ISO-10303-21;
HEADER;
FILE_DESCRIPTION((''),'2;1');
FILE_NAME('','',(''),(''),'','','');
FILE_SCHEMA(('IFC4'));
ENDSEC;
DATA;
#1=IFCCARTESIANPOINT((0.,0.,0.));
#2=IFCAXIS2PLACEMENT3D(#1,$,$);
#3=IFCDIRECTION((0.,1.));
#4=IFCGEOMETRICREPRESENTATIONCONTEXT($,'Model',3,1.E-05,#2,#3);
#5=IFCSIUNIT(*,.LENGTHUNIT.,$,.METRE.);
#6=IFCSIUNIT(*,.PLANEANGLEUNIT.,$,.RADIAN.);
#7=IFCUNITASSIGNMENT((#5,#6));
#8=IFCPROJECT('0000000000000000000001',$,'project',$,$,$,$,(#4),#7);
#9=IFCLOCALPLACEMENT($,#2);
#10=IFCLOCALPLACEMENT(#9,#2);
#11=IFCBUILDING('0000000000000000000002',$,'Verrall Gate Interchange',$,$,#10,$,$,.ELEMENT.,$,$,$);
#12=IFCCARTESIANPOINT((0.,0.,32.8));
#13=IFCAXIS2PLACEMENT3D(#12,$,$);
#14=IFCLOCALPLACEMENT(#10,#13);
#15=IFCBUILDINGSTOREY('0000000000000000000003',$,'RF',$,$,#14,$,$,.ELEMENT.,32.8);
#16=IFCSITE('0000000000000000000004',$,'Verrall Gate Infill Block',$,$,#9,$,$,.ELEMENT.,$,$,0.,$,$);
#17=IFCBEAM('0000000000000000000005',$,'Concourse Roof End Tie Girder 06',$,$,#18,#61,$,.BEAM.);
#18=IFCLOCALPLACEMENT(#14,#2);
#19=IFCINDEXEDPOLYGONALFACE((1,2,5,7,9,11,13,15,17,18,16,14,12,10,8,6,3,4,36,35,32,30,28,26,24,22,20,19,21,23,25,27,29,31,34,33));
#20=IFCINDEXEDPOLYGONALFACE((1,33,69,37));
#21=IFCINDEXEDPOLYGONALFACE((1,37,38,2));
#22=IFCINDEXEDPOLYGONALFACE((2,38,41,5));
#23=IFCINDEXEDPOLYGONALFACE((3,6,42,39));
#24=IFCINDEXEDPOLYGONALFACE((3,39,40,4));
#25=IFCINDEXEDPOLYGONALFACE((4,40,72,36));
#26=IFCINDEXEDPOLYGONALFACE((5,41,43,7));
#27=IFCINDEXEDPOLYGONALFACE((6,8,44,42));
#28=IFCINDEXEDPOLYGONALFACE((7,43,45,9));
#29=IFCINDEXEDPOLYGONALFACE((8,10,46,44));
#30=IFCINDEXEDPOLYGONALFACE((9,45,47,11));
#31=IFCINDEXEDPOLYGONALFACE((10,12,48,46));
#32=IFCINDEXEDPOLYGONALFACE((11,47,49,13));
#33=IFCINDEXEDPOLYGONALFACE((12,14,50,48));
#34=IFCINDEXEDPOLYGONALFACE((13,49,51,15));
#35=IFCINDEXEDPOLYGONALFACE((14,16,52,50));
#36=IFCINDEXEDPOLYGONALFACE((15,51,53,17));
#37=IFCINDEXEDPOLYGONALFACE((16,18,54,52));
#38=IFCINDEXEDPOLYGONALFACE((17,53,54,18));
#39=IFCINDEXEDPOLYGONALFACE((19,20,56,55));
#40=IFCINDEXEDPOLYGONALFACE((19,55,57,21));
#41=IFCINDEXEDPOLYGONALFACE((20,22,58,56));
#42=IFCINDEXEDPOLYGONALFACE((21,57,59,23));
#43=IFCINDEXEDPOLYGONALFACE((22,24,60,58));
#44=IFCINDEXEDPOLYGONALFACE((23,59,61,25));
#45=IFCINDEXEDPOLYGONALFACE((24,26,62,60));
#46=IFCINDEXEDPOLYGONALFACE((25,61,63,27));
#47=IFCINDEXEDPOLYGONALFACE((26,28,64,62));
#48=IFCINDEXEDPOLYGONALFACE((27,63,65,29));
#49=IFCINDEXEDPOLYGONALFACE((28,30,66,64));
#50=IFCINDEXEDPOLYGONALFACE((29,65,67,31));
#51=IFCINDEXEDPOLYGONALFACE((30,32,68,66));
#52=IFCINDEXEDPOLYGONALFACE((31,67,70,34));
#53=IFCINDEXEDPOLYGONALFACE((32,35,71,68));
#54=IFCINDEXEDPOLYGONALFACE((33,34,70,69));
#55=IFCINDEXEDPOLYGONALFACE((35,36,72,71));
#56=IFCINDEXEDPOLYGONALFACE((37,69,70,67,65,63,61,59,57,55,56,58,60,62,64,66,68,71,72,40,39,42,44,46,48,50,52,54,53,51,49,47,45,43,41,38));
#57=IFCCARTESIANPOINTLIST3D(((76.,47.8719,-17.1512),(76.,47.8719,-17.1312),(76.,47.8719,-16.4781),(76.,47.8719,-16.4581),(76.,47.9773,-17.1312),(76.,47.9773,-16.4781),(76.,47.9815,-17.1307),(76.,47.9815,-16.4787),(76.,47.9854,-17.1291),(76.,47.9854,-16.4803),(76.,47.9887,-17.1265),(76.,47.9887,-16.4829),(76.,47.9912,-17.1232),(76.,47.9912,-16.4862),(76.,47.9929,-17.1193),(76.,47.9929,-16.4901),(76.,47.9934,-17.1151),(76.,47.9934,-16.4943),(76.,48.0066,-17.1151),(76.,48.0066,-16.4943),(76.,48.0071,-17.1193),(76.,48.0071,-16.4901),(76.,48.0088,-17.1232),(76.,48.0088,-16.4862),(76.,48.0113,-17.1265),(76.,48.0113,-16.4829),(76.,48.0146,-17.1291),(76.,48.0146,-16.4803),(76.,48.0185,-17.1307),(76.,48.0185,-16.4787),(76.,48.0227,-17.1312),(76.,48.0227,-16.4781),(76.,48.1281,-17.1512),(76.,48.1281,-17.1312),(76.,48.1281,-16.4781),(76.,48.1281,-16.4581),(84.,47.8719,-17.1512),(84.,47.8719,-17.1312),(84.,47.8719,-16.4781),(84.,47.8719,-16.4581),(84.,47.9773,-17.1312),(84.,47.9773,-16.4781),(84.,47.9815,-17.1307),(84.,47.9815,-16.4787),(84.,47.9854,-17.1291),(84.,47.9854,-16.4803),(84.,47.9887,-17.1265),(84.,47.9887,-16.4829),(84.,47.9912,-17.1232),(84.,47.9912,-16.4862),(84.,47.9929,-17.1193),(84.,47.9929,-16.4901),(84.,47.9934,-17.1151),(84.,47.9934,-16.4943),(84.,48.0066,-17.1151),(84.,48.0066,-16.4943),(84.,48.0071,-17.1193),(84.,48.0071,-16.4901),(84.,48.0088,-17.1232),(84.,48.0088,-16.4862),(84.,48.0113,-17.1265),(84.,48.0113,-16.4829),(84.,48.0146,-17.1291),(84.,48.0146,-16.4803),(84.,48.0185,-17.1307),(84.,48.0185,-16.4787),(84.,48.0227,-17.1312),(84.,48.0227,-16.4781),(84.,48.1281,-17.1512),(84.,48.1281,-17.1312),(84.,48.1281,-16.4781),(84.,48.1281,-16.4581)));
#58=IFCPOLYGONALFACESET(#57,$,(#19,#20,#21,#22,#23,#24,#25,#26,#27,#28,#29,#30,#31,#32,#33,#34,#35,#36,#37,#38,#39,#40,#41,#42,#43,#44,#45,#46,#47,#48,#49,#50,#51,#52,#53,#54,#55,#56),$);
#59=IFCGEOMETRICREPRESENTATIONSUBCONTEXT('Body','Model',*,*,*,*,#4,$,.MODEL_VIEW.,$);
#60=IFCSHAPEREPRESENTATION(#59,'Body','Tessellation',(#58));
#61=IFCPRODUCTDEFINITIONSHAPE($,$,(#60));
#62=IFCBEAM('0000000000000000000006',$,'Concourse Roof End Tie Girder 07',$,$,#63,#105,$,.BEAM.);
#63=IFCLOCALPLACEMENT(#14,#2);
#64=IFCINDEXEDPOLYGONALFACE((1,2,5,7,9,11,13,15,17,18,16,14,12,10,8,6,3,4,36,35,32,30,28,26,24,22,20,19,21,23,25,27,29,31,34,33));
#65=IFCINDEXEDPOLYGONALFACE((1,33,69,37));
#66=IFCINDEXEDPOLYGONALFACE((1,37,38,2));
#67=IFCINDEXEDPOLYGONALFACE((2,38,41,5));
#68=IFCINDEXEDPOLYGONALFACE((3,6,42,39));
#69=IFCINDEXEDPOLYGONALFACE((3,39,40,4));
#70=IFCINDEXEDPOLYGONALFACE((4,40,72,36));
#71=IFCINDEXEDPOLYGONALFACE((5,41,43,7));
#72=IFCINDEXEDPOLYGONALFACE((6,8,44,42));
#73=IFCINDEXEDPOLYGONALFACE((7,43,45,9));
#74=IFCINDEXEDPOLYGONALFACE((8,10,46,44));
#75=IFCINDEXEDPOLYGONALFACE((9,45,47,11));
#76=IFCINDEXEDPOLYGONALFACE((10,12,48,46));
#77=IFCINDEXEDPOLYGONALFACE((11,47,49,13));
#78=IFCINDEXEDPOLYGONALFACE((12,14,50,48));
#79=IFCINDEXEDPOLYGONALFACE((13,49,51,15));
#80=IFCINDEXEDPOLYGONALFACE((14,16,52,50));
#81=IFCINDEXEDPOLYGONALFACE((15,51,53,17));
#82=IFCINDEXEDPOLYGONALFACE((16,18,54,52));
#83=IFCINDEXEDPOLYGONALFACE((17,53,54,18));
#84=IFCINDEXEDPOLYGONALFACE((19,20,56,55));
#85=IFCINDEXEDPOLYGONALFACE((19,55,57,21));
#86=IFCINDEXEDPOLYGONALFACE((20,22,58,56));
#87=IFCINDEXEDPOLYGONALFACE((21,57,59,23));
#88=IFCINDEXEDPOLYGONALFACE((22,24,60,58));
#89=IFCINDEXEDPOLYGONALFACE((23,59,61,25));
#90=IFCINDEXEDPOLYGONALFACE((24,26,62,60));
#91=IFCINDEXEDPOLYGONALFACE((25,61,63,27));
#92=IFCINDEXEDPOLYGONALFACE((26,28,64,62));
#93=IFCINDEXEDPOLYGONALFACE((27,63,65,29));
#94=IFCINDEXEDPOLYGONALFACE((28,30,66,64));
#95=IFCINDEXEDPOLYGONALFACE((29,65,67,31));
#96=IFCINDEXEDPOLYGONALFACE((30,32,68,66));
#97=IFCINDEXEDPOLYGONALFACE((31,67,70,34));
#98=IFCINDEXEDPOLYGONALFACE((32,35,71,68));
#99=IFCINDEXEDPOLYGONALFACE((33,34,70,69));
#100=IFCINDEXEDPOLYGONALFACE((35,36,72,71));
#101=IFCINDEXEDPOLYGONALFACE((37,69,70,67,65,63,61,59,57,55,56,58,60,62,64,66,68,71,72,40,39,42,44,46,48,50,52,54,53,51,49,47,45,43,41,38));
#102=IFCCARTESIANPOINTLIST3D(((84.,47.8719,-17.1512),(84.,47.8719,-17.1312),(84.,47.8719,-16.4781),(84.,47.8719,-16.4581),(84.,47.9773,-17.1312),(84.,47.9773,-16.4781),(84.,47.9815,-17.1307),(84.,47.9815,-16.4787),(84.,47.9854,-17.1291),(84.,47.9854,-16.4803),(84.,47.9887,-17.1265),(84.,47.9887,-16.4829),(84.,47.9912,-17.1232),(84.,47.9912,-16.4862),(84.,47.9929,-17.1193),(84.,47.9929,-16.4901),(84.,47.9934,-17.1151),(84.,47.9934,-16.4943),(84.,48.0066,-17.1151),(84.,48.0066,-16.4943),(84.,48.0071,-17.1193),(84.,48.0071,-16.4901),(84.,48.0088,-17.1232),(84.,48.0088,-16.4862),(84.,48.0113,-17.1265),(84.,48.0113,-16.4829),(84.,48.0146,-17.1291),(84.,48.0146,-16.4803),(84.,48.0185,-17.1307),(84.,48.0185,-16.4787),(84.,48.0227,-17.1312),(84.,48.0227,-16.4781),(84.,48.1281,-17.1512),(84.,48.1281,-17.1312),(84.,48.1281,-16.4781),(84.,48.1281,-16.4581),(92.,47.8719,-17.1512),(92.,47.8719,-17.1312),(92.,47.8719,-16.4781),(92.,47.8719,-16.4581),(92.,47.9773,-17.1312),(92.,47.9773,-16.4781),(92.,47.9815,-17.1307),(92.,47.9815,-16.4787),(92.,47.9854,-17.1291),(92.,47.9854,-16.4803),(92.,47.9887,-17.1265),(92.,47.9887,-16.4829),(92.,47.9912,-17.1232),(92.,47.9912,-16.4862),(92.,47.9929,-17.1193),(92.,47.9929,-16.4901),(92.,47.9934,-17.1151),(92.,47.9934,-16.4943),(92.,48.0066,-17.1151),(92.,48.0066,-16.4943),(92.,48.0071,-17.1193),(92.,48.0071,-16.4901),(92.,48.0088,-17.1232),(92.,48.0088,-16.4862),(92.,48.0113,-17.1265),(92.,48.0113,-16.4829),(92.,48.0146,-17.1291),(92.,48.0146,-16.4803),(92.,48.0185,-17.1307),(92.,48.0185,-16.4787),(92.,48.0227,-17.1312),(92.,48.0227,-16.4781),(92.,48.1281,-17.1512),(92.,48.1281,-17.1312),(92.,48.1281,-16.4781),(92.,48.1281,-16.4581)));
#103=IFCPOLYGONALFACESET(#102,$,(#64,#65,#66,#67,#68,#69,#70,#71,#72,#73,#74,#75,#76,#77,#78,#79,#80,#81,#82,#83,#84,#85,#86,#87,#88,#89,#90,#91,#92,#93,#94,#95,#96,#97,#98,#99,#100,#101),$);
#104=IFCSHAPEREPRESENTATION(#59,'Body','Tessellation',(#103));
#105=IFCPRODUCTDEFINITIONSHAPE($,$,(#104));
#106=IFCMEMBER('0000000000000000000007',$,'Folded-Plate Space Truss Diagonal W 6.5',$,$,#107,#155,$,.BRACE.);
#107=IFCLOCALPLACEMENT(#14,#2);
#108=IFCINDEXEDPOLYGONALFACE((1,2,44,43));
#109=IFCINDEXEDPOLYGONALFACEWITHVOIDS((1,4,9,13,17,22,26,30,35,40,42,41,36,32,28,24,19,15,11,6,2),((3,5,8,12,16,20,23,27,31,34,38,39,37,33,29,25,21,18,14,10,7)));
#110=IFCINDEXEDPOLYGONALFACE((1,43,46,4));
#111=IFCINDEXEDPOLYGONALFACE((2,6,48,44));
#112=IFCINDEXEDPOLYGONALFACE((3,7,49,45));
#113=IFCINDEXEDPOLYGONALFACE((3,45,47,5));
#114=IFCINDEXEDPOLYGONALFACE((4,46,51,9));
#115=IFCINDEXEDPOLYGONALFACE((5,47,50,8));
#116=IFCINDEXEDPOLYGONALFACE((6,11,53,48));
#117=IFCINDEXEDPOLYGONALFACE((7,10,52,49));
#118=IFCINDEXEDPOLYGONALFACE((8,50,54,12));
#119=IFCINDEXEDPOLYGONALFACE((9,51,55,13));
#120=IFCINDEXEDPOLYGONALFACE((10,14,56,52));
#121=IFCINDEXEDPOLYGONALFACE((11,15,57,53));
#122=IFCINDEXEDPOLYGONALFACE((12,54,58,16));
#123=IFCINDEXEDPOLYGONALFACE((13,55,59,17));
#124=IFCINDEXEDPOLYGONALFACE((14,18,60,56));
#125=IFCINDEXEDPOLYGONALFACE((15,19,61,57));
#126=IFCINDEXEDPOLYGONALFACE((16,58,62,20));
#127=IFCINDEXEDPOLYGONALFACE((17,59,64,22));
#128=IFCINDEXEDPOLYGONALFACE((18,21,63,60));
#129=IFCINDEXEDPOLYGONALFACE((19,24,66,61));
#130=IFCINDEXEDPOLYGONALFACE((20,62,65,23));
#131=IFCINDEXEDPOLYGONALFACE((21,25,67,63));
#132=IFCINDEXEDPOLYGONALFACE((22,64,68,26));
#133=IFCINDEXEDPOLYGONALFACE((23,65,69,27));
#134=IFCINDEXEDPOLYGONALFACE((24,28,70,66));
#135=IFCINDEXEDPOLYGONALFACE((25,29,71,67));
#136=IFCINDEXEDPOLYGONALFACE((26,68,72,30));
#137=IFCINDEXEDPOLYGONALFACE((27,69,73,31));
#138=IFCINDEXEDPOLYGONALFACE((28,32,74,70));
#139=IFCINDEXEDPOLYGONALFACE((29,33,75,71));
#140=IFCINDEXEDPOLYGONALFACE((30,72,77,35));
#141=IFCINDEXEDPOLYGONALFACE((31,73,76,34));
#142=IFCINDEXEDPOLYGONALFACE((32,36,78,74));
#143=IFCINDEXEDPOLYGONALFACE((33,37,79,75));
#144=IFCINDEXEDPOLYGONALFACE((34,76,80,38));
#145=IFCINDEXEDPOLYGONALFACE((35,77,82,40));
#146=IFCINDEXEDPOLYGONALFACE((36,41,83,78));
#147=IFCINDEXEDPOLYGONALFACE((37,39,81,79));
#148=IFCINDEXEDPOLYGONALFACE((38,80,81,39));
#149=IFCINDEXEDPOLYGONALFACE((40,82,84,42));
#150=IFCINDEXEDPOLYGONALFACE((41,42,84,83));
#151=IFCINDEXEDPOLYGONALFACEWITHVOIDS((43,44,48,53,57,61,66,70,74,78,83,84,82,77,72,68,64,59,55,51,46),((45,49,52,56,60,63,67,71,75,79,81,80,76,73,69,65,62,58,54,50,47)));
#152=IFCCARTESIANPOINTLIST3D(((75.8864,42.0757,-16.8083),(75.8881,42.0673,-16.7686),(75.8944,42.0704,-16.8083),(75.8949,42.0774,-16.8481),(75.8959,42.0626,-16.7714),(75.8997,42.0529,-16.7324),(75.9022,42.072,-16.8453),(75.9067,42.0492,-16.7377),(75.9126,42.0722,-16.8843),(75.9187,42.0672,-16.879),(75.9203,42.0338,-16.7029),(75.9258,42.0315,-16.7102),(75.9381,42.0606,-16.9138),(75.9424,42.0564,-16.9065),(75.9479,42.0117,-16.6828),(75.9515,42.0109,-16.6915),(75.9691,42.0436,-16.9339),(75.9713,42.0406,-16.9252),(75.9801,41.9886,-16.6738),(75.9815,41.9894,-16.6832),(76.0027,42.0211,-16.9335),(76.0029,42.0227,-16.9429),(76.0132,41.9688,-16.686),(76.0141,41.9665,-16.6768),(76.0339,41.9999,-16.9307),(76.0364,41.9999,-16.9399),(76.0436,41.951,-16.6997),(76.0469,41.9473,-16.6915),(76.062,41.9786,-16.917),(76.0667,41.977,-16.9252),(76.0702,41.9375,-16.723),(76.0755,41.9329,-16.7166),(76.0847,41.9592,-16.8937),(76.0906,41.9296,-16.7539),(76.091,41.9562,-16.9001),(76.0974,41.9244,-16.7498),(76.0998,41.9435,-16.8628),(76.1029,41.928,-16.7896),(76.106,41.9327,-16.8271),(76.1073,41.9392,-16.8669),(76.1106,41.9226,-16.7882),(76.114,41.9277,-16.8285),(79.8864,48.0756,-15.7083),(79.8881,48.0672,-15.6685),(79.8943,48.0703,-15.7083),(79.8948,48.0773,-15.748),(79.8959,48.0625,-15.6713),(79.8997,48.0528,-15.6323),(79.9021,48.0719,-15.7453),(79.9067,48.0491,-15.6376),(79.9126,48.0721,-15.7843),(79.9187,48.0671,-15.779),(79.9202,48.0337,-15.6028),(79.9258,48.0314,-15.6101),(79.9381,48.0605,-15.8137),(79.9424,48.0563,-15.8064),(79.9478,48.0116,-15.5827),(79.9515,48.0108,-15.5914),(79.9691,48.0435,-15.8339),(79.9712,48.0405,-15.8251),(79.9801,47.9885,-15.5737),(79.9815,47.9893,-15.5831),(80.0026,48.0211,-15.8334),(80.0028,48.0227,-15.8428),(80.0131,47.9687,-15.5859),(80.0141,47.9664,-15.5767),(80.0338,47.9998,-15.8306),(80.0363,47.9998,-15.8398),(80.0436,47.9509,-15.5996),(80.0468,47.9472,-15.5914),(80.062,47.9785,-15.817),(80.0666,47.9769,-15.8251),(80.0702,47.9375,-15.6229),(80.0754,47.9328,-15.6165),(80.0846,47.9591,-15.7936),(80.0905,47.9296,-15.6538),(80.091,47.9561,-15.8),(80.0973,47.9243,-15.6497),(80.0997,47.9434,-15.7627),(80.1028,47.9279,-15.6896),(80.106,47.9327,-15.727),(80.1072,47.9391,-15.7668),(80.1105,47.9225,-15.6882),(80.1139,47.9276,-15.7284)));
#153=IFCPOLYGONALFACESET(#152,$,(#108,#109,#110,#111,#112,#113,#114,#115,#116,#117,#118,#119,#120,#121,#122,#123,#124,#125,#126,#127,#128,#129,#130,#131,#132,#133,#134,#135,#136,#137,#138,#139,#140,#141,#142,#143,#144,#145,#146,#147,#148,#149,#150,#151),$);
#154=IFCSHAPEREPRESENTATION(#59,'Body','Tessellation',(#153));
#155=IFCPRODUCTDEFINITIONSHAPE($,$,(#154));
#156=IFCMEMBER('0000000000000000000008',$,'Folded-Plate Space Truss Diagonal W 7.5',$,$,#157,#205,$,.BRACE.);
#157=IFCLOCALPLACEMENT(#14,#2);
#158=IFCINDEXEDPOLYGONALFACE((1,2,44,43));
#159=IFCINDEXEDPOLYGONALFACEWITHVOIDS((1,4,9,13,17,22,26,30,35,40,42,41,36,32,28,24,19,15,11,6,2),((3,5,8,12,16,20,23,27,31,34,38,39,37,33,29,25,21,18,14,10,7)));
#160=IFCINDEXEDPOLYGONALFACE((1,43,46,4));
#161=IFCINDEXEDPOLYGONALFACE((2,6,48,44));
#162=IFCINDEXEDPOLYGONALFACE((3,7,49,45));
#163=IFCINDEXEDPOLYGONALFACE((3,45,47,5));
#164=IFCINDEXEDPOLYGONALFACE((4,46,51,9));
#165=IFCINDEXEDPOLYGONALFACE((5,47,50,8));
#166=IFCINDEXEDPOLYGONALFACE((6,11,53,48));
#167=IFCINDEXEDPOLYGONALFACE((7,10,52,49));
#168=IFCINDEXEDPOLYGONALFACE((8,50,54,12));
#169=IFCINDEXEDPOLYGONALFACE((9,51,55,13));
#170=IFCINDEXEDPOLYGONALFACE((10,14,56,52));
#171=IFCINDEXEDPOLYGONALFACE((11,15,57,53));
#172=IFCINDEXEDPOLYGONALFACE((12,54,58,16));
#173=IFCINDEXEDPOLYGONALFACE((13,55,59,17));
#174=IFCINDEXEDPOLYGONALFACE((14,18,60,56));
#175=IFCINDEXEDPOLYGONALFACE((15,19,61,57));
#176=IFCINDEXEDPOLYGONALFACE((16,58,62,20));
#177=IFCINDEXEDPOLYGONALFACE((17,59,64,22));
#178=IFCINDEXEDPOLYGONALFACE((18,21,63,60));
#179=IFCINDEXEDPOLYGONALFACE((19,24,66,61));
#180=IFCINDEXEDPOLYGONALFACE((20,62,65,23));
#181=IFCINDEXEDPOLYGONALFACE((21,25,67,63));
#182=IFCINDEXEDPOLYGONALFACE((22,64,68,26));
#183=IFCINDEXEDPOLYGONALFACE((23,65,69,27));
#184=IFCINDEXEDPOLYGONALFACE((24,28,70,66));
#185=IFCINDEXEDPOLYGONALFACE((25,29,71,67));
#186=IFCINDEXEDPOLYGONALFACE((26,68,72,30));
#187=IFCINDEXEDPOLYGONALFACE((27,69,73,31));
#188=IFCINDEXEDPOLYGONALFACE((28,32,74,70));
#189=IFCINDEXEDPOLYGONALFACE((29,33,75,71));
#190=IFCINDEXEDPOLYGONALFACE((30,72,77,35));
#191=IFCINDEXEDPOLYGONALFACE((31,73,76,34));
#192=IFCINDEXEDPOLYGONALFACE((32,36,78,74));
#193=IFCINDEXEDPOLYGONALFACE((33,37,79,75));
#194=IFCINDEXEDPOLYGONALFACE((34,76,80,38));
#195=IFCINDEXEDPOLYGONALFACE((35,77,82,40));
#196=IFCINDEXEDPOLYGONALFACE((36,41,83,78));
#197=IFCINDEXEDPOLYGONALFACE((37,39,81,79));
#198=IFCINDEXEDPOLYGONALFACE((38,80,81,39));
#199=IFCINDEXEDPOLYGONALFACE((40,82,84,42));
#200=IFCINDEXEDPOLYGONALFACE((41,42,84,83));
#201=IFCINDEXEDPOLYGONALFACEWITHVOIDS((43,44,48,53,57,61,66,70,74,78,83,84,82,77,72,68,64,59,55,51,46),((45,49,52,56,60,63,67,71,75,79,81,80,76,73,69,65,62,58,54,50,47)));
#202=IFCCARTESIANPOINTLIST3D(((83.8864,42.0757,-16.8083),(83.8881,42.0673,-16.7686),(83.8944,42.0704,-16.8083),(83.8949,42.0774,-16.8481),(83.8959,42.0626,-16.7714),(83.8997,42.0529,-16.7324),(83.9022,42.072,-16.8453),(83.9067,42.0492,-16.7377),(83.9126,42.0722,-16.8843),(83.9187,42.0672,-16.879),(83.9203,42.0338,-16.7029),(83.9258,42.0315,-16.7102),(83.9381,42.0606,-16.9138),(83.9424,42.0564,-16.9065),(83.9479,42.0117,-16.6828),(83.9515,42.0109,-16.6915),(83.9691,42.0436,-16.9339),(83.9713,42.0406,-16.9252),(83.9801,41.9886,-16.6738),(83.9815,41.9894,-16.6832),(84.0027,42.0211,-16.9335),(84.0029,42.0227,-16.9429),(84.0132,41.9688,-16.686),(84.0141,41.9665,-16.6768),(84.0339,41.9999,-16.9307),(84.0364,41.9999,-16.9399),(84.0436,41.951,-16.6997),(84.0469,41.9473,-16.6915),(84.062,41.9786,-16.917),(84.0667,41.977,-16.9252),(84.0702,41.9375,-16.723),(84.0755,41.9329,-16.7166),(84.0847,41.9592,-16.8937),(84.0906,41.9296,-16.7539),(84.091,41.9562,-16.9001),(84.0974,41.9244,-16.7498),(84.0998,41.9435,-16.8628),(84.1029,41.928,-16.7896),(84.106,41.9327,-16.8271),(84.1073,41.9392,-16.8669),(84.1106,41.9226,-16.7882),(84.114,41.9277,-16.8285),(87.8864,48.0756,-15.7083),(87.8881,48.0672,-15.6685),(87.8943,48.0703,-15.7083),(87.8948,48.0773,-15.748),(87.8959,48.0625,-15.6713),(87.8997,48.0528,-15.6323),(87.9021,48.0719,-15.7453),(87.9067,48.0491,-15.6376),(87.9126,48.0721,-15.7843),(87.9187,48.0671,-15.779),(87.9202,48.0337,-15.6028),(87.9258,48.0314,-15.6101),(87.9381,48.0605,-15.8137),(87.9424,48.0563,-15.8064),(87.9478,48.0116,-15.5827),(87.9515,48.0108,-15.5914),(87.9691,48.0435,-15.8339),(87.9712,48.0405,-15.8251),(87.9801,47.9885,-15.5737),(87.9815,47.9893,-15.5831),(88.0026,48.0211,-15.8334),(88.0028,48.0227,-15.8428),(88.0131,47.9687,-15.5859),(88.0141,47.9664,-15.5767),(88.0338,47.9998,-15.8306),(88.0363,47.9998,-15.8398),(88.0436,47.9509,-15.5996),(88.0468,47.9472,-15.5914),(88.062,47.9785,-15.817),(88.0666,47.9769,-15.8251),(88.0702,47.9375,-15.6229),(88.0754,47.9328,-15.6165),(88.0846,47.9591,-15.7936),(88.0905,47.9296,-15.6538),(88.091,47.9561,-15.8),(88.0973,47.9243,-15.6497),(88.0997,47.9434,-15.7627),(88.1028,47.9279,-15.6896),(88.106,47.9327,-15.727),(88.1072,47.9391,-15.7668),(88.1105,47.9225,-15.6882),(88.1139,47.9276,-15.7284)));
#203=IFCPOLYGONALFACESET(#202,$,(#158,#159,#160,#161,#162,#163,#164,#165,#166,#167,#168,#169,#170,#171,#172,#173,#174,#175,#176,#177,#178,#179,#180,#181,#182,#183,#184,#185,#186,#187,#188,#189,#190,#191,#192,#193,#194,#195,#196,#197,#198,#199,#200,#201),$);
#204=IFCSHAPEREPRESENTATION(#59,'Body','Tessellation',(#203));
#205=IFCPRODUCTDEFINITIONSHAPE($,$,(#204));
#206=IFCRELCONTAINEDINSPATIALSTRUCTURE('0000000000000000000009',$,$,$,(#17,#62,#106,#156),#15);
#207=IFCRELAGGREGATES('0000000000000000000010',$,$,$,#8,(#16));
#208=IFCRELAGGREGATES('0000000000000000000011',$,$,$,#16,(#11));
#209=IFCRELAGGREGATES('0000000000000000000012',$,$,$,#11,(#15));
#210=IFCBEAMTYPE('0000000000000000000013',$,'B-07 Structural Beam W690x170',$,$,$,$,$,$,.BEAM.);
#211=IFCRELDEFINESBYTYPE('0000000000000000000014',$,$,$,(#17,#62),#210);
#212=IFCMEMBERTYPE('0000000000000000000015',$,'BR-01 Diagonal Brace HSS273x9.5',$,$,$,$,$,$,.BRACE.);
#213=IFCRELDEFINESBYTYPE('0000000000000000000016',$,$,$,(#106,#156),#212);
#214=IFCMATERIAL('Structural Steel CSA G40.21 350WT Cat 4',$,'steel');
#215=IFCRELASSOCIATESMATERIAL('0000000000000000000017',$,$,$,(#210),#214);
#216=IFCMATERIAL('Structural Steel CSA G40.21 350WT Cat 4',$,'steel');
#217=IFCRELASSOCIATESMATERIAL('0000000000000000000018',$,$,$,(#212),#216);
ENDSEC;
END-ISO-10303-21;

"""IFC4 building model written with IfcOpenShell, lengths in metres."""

from ifc_helpers import new_model, si_unit, direction, frame, origin, origin_2d, place, context, subcontext, project, spatial, hollow_circle, i_section, extrude, material, material_profile, profile_set, type_object, element, save


model = new_model("IFC4")

# Units and contexts
model_context = context("Model", 3, precision=1e-05, world=origin(), true_north=direction((0.0, 1.0)))
body_context = subcontext(model_context, "Body", "Model", "MODEL_VIEW")
ifc_project = project(units=[si_unit("LENGTHUNIT", "METRE"), si_unit("PLANEANGLEUNIT", "RADIAN")], contexts=[model_context])

# Site, building, storey
site_placement = place(None, origin())
site = spatial("IfcSite", under=ifc_project, at=site_placement, Name="Verrall Gate Infill Block", CompositionType="ELEMENT", RefElevation=0.0)
building_placement = place(site_placement, origin())
building = spatial("IfcBuilding", under=site, at=building_placement, Name="Verrall Gate Interchange", CompositionType="ELEMENT")
storey_placement = place(building_placement, frame((0.0, 0.0, 32.8)))
storey = spatial("IfcBuildingStorey", under=building, at=storey_placement, Name="RF", CompositionType="ELEMENT", Elevation=32.8)

# Beams
ifc_material_1 = material(Name="Structural Steel CSA G40.21 350WT Cat 4", Category="steel")
ifc_material_profile_1 = material_profile(ifc_material_1, i_section(OverallWidth=0.2561, OverallDepth=0.6931, WebThickness=0.0132, FlangeThickness=0.02, FilletRadius=0.0161, at=origin_2d()), Name="W690x170")
ifc_profile_set_1 = profile_set([ifc_material_profile_1], Name="Structural Steel CSA G40.21 350WT Cat 4")
beam_type = type_object("IfcBeamType", Name="B-07 Structural Beam W690x170", PredefinedType="BEAM", material=ifc_profile_set_1)
for number, where, z_axis, x_axis, name in (
    (1, (76.0, 48.0, -16.8047), (1.0, 0.0, 0.0), (0.0, 1.0, 0.0), "Concourse Roof End Tie Girder 06"),
    (2, (84.0, 48.0, -16.8047), (1.0, 0.0, 0.0), (0.0, 1.0, 0.0), "Concourse Roof End Tie Girder 07"),
):
    element("IfcBeam", number, at=place(storey_placement, frame(where, z_axis=z_axis, x_axis=x_axis)), inside=storey, type_object=beam_type, Name=name, PredefinedType="BEAM", context=body_context, shape_type="SweptSolid", body=[
        extrude(i_section(OverallWidth=0.2561, OverallDepth=0.6931, WebThickness=0.0132, FlangeThickness=0.02, FilletRadius=0.0161, at=origin_2d()), origin(), (0.0, 0.0, 1.0), 8.0),
    ])

# Members
ifc_material_2 = material(Name="Structural Steel CSA G40.21 350WT Cat 4", Category="steel")
ifc_material_profile_2 = material_profile(ifc_material_2, hollow_circle(Radius=0.1365, WallThickness=0.0095, at=origin_2d()), Name="HSS273x9.5")
ifc_profile_set_2 = profile_set([ifc_material_profile_2], Name="Structural Steel CSA G40.21 350WT Cat 4")
member_type_1 = type_object("IfcMemberType", Name="BR-01 Diagonal Brace HSS273x9.5", PredefinedType="BRACE", material=ifc_profile_set_2)
for number, where, z_axis, x_axis, name in (
    (3, (76.0, 42.0, -16.8083), (0.548356, 0.822534, 0.150811), (-0.83205, 0.5547, 0.0), "Folded-Plate Space Truss Diagonal W 6.5"),
    (4, (84.0, 42.0, -16.8083), (0.548356, 0.822534, 0.150811), (-0.83205, 0.5547, 0.0), "Folded-Plate Space Truss Diagonal W 7.5"),
):
    element("IfcMember", number, at=place(storey_placement, frame(where, z_axis=z_axis, x_axis=x_axis)), inside=storey, type_object=member_type_1, Name=name, PredefinedType="BRACE", context=body_context, shape_type="SweptSolid", body=[
        extrude(hollow_circle(Radius=0.1365, WallThickness=0.0095, at=origin_2d()), origin(), (0.0, 0.0, 1.0), 7.2944),
    ])

save(model, "model.ifc")
